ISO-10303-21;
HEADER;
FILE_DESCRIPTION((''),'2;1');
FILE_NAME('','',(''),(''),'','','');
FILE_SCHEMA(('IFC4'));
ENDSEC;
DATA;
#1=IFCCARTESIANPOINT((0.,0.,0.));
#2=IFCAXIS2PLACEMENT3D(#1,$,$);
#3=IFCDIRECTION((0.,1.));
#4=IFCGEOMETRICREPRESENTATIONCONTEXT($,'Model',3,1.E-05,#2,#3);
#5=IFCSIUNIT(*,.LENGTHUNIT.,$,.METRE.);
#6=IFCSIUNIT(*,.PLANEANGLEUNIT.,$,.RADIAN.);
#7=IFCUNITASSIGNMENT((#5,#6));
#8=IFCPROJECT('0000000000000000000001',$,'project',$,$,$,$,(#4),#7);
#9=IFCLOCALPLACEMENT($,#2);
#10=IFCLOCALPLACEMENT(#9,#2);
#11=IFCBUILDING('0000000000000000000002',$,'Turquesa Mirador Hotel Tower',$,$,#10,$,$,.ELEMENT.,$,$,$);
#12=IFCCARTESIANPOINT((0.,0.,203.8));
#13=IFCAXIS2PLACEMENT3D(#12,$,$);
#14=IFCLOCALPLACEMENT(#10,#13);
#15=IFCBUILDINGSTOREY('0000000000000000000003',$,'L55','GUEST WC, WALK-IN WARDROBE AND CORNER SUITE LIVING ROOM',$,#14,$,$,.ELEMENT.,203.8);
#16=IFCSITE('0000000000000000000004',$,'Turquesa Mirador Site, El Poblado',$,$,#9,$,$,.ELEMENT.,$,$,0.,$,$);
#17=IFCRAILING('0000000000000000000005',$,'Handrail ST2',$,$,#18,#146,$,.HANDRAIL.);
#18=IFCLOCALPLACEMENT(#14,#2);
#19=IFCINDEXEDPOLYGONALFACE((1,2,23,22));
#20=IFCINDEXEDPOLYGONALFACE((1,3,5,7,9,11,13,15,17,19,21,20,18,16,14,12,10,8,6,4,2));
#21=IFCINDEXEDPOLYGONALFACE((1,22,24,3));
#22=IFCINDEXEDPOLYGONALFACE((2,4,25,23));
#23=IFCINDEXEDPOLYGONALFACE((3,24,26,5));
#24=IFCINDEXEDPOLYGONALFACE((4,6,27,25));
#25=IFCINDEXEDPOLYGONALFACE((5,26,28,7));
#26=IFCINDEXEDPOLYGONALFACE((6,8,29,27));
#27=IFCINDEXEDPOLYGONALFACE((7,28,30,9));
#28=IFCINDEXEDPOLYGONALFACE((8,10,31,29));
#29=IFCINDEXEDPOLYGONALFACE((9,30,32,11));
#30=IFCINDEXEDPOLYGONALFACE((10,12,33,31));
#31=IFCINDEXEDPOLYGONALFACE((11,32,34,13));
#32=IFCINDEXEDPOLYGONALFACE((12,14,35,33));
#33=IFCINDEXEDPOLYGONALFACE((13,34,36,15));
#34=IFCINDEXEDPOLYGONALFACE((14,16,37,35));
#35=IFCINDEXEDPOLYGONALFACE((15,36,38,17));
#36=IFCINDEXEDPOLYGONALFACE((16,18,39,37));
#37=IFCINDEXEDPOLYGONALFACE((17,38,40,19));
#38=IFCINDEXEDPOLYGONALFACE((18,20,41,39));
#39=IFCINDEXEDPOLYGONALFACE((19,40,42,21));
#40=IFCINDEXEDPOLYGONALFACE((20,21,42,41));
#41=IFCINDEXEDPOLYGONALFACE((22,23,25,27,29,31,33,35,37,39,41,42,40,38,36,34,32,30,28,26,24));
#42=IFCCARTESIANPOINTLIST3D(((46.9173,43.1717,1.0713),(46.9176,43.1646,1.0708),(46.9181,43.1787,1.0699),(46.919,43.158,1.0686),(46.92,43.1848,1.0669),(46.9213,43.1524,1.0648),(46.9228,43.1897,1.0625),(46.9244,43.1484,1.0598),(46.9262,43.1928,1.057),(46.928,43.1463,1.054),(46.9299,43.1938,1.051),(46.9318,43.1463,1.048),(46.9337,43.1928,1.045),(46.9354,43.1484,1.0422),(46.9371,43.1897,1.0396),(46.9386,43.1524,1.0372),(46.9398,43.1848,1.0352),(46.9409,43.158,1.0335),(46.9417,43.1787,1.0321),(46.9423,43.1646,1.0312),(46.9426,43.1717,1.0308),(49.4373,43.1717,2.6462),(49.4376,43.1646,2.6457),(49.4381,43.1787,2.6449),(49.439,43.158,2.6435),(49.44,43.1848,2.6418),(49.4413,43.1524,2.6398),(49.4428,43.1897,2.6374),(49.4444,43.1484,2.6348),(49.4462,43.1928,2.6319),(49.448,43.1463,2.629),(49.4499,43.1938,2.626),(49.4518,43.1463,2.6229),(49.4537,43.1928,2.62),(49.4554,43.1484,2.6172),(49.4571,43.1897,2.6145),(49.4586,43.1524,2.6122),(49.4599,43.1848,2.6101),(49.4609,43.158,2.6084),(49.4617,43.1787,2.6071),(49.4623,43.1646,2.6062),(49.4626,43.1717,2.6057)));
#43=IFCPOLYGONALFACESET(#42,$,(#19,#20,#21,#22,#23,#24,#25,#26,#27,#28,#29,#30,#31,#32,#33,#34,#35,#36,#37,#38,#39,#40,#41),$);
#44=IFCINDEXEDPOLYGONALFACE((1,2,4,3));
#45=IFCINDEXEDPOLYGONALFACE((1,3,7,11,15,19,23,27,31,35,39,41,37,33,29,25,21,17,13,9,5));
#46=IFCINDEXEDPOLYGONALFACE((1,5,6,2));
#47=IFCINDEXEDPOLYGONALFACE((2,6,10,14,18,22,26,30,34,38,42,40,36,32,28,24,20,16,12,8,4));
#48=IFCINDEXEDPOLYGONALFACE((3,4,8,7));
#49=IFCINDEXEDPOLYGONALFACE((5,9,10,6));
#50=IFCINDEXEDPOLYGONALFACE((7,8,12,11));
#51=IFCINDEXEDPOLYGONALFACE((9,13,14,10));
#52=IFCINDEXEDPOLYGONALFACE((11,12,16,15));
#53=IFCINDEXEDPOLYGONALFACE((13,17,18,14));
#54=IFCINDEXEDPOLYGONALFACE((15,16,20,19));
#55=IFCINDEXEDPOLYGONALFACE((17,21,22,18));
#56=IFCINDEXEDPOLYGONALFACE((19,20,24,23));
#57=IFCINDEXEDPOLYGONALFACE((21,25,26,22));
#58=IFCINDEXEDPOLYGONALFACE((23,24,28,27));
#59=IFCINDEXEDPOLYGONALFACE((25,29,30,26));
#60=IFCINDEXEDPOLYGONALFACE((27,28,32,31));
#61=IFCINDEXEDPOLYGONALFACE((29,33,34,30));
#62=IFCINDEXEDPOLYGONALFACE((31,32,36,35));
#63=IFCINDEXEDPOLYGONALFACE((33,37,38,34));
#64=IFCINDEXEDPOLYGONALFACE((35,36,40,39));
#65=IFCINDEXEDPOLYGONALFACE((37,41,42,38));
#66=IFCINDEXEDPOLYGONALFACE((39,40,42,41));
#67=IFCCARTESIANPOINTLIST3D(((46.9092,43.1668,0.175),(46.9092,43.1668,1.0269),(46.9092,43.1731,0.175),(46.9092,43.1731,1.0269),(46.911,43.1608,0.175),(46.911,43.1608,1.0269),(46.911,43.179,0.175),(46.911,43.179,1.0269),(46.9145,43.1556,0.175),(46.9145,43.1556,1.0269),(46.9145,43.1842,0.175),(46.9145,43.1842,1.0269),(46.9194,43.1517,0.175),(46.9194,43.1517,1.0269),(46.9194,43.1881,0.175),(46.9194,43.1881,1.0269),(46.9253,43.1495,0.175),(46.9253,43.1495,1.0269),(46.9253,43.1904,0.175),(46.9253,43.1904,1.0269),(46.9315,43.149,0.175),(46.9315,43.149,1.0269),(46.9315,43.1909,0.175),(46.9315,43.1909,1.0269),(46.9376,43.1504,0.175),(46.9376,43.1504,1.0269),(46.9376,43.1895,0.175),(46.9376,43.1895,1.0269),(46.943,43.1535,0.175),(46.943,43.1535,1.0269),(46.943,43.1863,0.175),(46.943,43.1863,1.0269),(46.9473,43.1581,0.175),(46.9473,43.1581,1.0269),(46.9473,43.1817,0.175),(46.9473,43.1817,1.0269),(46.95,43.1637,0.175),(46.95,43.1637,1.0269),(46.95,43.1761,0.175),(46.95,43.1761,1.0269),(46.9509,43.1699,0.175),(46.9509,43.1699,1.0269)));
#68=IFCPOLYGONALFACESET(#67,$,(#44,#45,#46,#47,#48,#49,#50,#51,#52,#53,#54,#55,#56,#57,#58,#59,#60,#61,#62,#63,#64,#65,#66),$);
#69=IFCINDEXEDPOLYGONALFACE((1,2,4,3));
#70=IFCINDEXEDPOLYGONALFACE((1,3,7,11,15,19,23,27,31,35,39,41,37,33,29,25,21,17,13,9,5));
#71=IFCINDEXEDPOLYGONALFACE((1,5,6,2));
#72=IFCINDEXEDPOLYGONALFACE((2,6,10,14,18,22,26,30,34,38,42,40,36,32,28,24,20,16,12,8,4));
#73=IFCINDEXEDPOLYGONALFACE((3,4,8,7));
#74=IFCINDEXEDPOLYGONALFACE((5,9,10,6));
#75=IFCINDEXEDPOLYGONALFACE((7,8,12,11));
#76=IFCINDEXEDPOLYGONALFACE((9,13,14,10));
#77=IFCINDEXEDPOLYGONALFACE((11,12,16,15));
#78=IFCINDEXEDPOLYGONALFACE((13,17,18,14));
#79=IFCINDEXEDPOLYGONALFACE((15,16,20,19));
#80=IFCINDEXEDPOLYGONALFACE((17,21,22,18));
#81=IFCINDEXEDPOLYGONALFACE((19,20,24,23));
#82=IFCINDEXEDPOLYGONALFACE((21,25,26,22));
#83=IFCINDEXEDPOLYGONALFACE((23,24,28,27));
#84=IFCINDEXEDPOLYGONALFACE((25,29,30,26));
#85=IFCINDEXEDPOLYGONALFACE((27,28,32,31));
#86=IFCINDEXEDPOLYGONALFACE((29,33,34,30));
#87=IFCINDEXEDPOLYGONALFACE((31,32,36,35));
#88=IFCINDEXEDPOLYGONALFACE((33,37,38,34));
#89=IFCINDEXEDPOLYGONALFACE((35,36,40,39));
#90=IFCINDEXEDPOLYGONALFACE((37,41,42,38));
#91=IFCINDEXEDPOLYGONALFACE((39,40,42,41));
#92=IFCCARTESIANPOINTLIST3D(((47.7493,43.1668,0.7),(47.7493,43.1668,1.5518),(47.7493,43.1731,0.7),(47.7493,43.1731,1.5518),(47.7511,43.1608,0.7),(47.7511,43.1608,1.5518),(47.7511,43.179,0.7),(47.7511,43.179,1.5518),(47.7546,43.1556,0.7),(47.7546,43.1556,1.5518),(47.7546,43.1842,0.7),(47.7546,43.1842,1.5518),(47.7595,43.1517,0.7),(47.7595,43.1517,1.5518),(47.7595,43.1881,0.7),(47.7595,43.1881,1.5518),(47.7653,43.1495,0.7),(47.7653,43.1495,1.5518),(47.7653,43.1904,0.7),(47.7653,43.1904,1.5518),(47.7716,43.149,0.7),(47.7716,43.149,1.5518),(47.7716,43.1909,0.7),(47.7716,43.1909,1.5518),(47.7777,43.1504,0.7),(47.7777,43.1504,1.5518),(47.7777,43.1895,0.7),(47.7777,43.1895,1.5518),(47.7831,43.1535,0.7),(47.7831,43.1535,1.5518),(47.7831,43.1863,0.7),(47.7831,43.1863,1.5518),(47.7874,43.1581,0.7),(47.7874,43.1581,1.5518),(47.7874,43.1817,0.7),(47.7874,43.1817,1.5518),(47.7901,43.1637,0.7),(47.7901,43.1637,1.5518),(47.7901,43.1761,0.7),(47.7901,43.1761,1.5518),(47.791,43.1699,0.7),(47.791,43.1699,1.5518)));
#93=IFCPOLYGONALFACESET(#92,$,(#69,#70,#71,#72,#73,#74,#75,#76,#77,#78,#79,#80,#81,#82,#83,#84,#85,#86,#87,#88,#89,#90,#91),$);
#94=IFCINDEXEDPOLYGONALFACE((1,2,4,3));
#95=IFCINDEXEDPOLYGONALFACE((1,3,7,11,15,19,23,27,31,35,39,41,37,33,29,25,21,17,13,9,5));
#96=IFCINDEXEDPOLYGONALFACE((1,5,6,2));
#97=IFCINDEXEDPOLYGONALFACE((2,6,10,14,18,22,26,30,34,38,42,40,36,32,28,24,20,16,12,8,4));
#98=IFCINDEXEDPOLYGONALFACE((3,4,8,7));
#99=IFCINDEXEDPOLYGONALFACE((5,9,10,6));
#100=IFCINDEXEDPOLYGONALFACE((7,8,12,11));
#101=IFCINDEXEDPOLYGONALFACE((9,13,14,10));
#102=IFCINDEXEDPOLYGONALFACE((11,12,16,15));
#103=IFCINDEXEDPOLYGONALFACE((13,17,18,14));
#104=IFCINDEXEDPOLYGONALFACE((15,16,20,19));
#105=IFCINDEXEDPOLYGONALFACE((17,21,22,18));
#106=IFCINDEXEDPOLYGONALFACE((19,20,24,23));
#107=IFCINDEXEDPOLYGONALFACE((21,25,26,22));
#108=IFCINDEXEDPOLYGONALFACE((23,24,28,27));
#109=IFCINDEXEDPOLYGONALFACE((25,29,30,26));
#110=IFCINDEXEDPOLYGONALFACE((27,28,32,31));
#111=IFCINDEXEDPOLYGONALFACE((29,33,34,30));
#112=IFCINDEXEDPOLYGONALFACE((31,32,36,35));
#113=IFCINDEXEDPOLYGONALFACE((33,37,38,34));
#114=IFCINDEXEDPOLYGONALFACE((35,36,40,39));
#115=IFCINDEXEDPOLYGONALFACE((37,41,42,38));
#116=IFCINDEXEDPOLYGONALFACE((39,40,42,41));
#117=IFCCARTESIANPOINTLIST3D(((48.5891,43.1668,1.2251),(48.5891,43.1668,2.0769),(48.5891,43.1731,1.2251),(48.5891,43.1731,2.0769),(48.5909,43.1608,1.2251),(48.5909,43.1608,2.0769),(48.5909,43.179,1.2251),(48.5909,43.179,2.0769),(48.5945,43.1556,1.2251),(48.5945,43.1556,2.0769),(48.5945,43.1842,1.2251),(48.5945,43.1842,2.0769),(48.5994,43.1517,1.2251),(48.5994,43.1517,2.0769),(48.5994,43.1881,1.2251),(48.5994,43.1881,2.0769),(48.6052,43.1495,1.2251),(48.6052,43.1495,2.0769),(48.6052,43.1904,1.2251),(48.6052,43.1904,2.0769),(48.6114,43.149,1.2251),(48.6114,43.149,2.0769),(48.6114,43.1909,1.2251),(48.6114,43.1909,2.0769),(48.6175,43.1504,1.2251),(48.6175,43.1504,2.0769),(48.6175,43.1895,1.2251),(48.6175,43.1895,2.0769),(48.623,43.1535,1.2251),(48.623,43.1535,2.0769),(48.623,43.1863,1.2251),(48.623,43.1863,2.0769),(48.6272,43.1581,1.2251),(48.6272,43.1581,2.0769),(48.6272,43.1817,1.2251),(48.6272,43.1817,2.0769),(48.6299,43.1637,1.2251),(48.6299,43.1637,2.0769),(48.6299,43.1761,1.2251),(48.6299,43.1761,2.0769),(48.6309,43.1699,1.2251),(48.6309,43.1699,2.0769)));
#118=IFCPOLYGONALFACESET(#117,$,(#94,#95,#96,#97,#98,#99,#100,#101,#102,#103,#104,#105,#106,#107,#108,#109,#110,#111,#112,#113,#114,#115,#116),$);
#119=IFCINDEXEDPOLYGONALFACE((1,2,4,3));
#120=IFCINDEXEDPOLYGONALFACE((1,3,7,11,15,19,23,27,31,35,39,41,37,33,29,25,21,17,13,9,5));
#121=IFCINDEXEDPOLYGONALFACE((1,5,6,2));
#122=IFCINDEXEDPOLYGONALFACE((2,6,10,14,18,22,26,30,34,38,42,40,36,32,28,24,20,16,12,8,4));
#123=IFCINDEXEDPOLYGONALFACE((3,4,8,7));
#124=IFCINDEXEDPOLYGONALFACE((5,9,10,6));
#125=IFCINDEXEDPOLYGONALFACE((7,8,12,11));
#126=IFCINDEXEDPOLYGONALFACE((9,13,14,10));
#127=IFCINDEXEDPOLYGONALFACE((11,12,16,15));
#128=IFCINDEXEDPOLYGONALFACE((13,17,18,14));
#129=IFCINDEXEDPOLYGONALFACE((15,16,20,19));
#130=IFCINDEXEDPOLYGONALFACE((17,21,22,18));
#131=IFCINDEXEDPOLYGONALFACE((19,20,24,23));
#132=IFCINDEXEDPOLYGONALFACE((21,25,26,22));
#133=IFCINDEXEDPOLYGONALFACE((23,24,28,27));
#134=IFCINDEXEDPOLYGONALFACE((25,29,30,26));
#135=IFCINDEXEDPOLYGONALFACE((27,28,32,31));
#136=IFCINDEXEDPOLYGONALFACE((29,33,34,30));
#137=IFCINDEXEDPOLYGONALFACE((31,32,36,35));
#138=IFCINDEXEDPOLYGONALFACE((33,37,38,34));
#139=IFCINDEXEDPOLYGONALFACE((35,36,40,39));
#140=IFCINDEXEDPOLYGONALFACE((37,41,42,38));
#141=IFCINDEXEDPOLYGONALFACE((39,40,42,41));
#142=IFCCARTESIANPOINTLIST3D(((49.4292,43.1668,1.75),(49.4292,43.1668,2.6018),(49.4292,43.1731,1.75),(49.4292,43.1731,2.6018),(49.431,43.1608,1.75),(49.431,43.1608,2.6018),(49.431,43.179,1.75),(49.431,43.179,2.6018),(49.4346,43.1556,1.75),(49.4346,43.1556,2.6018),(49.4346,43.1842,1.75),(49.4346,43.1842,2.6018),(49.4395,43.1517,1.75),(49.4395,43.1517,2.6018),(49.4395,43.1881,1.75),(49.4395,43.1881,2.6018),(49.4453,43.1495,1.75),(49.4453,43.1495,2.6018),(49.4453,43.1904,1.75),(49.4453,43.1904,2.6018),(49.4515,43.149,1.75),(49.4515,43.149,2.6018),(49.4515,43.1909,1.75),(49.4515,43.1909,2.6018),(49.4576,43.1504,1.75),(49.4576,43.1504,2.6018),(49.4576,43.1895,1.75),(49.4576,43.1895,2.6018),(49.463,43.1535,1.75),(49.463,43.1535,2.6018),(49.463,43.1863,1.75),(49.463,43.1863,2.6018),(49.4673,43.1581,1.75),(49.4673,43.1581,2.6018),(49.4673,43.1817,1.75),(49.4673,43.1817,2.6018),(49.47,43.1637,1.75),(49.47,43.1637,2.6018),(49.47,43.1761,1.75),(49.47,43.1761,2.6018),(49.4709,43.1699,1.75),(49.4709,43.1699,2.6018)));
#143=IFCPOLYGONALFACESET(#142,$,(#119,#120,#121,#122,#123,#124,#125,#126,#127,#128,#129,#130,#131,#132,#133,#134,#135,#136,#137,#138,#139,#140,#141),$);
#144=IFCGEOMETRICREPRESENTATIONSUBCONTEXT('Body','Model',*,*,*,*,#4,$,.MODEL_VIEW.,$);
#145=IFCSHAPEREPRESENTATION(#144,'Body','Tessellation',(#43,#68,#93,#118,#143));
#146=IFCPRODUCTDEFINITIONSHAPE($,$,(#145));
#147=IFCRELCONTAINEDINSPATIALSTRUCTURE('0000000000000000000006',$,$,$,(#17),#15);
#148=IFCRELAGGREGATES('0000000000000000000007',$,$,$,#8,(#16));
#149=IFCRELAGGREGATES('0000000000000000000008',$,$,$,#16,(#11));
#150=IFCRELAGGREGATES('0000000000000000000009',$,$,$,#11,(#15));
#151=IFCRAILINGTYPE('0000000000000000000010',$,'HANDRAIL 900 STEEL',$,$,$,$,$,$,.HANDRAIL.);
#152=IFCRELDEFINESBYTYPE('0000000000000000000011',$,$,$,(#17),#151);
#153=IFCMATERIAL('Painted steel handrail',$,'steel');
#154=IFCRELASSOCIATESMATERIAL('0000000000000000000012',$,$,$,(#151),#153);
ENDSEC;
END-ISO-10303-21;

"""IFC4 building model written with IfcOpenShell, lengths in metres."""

from ifc_helpers import new_model, si_unit, direction, frame, origin, origin_2d, place, context, subcontext, project, spatial, circle, extrude, material, type_object, element, save


model = new_model("IFC4")

# Units and contexts
model_context = context("Model", 3, precision=1e-05, world=origin(), true_north=direction((0.0, 1.0)))
body_context = subcontext(model_context, "Body", "Model", "MODEL_VIEW")
ifc_project = project(units=[si_unit("LENGTHUNIT", "METRE"), si_unit("PLANEANGLEUNIT", "RADIAN")], contexts=[model_context])

# Site, building, storey
site_placement = place(None, origin())
site = spatial("IfcSite", under=ifc_project, at=site_placement, Name="Turquesa Mirador Site, El Poblado", CompositionType="ELEMENT", RefElevation=0.0)
building_placement = place(site_placement, origin())
building = spatial("IfcBuilding", under=site, at=building_placement, Name="Turquesa Mirador Hotel Tower", CompositionType="ELEMENT")
storey_placement = place(building_placement, frame((0.0, 0.0, 203.8)))
storey = spatial("IfcBuildingStorey", under=building, at=storey_placement, Name="L55", Description="GUEST WC, WALK-IN WARDROBE AND CORNER SUITE LIVING ROOM", CompositionType="ELEMENT", Elevation=203.8)

# Railing
ifc_material_1 = material(Name="Painted steel handrail", Category="steel")
railing_type = type_object("IfcRailingType", Name="HANDRAIL 900 STEEL", PredefinedType="HANDRAIL", material=ifc_material_1)
railing_1_placement = place(storey_placement, frame((46.9299, 43.1699, 0.175)))
element("IfcRailing", 1, at=railing_1_placement, inside=storey, type_object=railing_type, Name="Handrail ST2", PredefinedType="HANDRAIL", context=body_context, shape_type="SweptSolid", body=[
    extrude(circle(Radius=0.0239, at=origin_2d()), frame((0.0, 0.0, 0.876), z_axis=(0.848008, 0.0, 0.529984), x_axis=(0.0, 1.0, 0.0)), (0.0, 0.0, 1.0), 2.9717),
    extrude(circle(Radius=0.021, at=origin_2d()), origin(), (0.0, 0.0, 1.0), 0.8518),
    extrude(circle(Radius=0.021, at=origin_2d()), frame((0.8401, 0.0, 0.5249)), (0.0, 0.0, 1.0), 0.8518),
    extrude(circle(Radius=0.021, at=origin_2d()), frame((1.6799, 0.0, 1.05)), (0.0, 0.0, 1.0), 0.8518),
    extrude(circle(Radius=0.021, at=origin_2d()), frame((2.52, 0.0, 1.575)), (0.0, 0.0, 1.0), 0.8518),
])

save(model, "model.ifc")
